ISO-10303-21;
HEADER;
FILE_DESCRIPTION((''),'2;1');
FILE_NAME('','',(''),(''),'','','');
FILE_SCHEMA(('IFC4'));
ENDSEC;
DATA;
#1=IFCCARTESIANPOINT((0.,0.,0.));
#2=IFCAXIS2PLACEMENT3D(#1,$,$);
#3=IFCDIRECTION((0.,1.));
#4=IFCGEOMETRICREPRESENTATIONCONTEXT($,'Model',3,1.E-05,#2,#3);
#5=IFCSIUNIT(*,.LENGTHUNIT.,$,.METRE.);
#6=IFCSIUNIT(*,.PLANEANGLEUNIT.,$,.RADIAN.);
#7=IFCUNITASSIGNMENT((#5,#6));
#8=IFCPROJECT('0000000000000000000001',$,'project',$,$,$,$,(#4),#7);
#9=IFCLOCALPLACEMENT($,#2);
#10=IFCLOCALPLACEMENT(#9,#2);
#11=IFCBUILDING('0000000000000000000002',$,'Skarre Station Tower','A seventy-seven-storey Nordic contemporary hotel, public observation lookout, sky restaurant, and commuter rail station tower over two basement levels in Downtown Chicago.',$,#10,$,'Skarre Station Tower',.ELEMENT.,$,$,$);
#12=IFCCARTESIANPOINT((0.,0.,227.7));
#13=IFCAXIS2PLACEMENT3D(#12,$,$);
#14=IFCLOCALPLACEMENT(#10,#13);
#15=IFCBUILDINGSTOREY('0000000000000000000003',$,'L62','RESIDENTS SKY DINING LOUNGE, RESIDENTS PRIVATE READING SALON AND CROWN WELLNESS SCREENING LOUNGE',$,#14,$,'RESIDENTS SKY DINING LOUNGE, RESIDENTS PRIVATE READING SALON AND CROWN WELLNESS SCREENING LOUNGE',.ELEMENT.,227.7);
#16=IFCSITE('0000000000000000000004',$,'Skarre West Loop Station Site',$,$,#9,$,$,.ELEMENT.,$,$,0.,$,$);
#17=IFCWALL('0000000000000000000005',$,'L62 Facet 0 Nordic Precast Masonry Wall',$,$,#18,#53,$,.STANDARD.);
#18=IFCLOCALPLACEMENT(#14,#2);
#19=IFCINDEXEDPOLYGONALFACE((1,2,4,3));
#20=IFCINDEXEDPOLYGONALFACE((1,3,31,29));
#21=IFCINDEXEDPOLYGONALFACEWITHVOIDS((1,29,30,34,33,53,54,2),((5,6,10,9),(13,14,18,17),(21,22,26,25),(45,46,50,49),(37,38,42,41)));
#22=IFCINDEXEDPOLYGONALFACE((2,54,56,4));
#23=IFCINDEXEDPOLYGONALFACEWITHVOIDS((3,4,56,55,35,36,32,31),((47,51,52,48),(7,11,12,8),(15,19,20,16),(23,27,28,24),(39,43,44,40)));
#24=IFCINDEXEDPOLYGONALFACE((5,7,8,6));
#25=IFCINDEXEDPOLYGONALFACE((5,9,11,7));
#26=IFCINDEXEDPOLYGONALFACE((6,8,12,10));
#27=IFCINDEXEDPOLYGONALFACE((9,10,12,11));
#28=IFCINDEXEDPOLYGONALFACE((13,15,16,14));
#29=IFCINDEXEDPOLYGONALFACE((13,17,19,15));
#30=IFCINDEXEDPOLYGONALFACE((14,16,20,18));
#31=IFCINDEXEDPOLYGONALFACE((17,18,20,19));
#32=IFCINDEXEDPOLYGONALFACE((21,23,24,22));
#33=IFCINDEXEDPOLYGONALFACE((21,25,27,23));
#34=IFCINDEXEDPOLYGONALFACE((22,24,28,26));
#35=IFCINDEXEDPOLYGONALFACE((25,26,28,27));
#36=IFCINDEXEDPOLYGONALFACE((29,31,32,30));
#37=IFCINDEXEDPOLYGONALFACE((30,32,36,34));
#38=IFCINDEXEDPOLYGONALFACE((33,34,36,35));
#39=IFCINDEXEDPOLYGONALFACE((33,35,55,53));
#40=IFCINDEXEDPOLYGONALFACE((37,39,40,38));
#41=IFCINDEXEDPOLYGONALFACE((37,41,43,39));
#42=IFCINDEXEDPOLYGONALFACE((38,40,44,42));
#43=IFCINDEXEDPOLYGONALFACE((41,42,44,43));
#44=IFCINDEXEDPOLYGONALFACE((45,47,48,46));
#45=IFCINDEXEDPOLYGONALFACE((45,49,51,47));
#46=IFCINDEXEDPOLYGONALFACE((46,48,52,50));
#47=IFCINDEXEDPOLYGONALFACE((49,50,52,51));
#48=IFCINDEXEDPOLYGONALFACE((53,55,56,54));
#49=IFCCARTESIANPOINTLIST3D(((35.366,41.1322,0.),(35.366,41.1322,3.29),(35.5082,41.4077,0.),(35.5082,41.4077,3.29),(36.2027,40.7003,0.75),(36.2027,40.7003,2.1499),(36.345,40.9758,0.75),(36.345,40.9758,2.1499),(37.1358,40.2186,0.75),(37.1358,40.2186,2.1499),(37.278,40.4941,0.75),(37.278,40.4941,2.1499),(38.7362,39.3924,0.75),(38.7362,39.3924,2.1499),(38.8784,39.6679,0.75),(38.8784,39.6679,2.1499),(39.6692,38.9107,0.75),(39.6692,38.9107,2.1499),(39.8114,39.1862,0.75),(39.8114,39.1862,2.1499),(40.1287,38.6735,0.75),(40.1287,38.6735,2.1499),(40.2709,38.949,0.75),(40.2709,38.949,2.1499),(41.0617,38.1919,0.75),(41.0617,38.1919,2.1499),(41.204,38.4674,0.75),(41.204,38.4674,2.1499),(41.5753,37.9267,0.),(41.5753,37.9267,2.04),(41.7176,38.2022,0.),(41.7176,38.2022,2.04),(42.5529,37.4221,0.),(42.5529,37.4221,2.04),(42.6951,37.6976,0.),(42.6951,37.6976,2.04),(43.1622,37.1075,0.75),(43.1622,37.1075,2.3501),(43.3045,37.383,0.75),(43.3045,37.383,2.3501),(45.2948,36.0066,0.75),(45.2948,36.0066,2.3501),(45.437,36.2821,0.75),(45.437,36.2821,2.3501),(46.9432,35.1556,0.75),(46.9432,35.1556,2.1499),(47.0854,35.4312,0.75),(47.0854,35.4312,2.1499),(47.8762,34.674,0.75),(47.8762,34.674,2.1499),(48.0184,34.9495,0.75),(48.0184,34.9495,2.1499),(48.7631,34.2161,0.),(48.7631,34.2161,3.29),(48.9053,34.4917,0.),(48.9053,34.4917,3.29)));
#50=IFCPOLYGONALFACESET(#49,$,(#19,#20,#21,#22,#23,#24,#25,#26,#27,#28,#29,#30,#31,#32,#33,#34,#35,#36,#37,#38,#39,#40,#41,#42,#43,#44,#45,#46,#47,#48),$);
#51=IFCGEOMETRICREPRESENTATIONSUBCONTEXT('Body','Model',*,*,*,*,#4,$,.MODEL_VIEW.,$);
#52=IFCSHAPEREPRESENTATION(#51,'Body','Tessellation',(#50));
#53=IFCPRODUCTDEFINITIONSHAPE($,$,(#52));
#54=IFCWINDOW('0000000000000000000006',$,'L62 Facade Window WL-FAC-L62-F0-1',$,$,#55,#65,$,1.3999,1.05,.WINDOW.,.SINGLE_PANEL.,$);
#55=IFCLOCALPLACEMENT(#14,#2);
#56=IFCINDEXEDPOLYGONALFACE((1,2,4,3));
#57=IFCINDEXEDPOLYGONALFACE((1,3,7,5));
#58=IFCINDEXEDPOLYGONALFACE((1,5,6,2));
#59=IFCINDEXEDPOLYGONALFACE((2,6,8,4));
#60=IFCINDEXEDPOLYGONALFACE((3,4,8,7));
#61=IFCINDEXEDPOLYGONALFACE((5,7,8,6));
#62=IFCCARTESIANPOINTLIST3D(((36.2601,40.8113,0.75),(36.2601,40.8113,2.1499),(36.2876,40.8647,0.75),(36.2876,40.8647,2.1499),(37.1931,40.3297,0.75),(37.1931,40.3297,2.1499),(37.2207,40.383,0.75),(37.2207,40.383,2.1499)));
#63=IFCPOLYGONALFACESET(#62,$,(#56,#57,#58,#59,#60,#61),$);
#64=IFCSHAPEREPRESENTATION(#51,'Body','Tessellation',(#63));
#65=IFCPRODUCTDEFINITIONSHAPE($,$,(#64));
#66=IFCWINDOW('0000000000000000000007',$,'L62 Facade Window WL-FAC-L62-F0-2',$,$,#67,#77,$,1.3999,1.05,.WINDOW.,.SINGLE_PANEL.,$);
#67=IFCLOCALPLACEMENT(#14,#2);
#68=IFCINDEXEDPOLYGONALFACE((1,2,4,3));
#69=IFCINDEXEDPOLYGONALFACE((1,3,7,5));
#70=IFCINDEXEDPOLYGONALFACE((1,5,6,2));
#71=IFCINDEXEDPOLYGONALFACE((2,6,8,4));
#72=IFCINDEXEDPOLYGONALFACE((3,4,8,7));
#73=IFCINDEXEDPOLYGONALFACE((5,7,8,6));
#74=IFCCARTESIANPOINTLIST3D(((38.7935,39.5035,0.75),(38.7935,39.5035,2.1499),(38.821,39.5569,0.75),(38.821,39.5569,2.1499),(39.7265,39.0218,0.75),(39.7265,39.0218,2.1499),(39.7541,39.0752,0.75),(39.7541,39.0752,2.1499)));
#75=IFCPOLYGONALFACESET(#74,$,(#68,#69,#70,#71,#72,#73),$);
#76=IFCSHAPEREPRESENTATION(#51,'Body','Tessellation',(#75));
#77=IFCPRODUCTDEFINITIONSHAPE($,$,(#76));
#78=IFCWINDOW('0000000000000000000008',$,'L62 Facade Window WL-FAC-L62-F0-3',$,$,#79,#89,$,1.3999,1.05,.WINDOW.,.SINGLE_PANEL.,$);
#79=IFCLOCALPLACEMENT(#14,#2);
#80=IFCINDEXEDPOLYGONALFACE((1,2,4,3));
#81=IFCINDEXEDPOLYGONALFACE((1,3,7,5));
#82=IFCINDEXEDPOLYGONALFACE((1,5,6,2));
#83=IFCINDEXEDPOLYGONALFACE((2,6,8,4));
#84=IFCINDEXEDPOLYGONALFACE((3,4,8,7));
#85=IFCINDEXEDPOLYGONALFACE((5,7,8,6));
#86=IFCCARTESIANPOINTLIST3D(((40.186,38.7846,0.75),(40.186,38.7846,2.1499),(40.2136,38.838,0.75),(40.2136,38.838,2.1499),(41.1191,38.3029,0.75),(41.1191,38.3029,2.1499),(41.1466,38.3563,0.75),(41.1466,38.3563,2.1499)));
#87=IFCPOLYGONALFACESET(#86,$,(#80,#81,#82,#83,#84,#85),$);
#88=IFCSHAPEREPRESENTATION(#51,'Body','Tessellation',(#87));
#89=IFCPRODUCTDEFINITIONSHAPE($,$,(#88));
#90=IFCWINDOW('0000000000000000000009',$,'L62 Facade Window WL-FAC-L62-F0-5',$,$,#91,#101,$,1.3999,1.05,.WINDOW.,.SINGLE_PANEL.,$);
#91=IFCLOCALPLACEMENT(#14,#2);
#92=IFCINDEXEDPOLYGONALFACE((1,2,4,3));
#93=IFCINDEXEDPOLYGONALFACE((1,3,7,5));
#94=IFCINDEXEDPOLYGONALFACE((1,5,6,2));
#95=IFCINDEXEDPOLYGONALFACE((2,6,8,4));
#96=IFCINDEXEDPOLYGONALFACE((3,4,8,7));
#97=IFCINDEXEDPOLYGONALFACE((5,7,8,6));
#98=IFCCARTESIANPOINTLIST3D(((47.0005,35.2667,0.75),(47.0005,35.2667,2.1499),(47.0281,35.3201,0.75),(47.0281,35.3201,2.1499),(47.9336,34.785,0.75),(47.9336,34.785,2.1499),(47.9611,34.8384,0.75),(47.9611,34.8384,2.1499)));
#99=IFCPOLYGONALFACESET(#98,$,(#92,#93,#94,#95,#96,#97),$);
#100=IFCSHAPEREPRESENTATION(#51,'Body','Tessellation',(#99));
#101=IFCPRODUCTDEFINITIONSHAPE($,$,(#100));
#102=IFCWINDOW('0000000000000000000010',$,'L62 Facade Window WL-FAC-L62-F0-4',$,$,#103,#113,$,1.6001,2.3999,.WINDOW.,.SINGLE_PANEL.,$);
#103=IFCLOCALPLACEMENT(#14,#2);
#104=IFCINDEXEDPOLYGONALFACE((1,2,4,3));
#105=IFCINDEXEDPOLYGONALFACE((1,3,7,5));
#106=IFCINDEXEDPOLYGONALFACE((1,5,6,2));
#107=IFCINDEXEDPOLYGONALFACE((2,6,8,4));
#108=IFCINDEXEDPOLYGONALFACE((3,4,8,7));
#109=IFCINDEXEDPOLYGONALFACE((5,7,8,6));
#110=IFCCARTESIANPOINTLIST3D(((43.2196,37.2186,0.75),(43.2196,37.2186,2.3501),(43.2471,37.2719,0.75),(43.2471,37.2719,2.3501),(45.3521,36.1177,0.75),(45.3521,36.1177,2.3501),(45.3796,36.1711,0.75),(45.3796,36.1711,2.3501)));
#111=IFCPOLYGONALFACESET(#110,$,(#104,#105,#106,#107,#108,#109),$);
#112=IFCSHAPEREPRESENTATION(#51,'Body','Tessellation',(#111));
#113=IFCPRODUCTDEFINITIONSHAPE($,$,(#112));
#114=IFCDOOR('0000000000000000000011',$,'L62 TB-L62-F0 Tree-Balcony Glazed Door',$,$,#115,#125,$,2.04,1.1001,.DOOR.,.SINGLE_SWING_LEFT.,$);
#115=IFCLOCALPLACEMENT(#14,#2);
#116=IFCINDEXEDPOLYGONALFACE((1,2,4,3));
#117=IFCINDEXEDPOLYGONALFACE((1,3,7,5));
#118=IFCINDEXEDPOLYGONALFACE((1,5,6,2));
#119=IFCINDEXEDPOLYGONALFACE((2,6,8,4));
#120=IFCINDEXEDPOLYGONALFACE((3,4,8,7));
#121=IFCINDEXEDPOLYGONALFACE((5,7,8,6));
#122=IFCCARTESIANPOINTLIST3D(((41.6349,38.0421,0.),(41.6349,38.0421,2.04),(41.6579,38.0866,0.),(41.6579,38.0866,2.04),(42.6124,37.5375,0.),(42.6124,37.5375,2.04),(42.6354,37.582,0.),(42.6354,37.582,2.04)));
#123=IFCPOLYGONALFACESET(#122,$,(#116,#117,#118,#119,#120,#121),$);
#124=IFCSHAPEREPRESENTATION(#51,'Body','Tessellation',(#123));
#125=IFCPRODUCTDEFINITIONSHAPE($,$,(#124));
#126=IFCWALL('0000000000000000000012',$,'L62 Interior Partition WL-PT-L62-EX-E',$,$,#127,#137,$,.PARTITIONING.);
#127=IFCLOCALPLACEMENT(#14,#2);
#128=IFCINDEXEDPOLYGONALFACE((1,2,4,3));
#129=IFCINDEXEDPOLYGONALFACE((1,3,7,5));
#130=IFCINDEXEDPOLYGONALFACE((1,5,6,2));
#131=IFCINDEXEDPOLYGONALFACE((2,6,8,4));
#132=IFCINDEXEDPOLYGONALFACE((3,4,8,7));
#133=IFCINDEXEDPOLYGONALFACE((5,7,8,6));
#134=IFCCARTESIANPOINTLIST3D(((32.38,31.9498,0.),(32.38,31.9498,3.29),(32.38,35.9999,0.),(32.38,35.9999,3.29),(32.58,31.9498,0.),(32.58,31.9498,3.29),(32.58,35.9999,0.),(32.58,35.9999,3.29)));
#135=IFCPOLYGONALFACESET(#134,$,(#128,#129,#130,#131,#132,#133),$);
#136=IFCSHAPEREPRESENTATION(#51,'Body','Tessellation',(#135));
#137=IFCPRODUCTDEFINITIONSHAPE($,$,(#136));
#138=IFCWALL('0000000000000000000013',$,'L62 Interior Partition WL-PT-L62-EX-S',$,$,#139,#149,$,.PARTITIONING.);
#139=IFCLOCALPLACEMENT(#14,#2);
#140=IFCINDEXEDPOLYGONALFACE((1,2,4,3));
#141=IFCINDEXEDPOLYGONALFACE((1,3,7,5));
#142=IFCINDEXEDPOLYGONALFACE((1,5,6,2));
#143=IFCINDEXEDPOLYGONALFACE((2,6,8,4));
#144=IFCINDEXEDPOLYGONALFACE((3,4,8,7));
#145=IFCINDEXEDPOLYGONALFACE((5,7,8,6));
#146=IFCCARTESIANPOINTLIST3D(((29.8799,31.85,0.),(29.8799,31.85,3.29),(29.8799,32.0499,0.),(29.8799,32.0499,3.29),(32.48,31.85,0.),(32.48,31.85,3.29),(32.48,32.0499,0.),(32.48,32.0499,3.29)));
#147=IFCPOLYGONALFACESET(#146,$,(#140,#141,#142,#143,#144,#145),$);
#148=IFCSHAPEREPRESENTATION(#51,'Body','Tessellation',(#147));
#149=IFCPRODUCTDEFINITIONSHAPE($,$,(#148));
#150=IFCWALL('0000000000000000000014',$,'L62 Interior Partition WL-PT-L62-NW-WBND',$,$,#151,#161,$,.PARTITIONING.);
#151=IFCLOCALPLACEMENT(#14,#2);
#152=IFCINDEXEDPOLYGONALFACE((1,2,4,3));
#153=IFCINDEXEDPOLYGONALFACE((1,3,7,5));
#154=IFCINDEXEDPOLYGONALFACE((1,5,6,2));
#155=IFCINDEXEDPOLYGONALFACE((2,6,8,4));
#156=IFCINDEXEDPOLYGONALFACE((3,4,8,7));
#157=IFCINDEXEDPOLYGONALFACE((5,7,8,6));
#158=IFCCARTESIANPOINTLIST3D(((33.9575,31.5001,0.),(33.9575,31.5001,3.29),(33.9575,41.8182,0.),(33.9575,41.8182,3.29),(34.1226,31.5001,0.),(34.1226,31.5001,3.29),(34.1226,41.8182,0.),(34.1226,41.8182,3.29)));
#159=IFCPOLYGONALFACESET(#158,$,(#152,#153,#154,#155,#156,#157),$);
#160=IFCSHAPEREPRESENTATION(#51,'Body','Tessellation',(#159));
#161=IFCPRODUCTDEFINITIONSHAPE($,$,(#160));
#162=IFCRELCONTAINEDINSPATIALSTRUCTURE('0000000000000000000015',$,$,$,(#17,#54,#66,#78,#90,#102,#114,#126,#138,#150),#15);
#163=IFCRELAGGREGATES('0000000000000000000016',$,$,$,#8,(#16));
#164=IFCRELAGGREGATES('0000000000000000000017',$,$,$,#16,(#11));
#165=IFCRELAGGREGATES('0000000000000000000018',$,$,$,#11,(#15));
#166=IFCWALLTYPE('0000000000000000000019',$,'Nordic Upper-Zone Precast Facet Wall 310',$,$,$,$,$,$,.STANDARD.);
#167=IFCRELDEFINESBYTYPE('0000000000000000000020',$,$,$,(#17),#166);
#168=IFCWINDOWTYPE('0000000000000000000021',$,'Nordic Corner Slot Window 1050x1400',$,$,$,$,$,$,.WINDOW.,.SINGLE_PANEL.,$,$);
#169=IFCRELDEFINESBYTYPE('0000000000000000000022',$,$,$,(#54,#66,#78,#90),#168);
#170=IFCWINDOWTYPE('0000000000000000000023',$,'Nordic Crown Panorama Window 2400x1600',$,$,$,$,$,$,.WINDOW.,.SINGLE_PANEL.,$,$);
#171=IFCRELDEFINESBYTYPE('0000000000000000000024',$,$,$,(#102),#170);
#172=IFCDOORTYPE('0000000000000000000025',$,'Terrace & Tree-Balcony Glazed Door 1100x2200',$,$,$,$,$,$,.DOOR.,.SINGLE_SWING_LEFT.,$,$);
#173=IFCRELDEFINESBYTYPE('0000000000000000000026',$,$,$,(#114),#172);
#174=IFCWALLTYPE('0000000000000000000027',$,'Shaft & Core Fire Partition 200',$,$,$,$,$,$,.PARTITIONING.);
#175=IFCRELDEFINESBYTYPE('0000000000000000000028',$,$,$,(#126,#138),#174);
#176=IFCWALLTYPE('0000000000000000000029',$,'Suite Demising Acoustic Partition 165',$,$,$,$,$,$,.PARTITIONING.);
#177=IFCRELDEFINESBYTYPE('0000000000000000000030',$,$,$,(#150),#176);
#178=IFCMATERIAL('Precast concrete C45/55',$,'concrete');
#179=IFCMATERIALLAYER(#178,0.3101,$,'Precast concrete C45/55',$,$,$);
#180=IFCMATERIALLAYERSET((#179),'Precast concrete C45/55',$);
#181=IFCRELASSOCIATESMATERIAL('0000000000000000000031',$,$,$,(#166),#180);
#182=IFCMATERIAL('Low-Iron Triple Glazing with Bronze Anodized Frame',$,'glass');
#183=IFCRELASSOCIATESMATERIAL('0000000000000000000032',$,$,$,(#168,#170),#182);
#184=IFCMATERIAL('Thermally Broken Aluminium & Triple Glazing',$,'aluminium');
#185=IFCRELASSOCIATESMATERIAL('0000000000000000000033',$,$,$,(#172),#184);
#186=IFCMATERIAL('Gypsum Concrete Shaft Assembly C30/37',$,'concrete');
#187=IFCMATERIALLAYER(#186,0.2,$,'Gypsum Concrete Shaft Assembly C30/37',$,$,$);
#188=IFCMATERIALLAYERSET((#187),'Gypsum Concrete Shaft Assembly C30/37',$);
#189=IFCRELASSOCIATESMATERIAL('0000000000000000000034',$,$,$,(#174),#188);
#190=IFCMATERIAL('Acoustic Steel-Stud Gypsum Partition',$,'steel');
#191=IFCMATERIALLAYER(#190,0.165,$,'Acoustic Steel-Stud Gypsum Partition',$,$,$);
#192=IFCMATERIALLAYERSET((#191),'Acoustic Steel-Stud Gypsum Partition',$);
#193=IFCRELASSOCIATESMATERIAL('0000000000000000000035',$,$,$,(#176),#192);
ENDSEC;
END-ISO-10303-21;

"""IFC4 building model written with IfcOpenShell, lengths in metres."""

from ifc_helpers import new_model, si_unit, direction, frame, frame_2d, origin, place, context, subcontext, project, spatial, rectangle, extrude, material, layer, layer_set, type_object, element, fill, save


model = new_model("IFC4")

# Units and contexts
model_context = context("Model", 3, precision=1e-05, world=origin(), true_north=direction((0.0, 1.0)))
body_context = subcontext(model_context, "Body", "Model", "MODEL_VIEW")
ifc_project = project(units=[si_unit("LENGTHUNIT", "METRE"), si_unit("PLANEANGLEUNIT", "RADIAN")], contexts=[model_context])

# Site, building, storey
site_placement = place(None, origin())
site = spatial("IfcSite", under=ifc_project, at=site_placement, Name="Skarre West Loop Station Site", CompositionType="ELEMENT", RefElevation=0.0)
building_placement = place(site_placement, origin())
building = spatial("IfcBuilding", under=site, at=building_placement, Name="Skarre Station Tower", Description="A seventy-seven-storey Nordic contemporary hotel, public observation lookout, sky restaurant, and commuter rail station tower over two basement levels in Downtown Chicago.", LongName="Skarre Station Tower", CompositionType="ELEMENT")
storey_placement = place(building_placement, frame((0.0, 0.0, 227.7)))
storey = spatial("IfcBuildingStorey", under=building, at=storey_placement, Name="L62", Description="RESIDENTS SKY DINING LOUNGE, RESIDENTS PRIVATE READING SALON AND CROWN WELLNESS SCREENING LOUNGE", LongName="RESIDENTS SKY DINING LOUNGE, RESIDENTS PRIVATE READING SALON AND CROWN WELLNESS SCREENING LOUNGE", CompositionType="ELEMENT", Elevation=227.7)

# Shared definitions
ifc_material_1 = material(Name="Acoustic Steel-Stud Gypsum Partition", Category="steel")

# Shared definitions
ifc_material_2 = material(Name="Precast concrete C45/55", Category="concrete")

# Wall, openings, windows, door
ifc_layer_1 = layer(ifc_material_2, 0.3101, Name="Precast concrete C45/55")
ifc_layer_set_1 = layer_set([ifc_layer_1], Name="Precast concrete C45/55")
wall_type_1 = type_object("IfcWallType", Name="Nordic Upper-Zone Precast Facet Wall 310", PredefinedType="STANDARD", material=ifc_layer_set_1)
wall_1_placement = place(storey_placement, frame((35.437, 41.27, 0.0), z_axis=(0.0, 0.0, 1.0), x_axis=(0.888581, -0.458719, 0.0)))
wall_1 = element("IfcWall", 1, at=wall_1_placement, inside=storey, type_object=wall_type_1, Name="L62 Facet 0 Nordic Precast Masonry Wall", PredefinedType="STANDARD", context=body_context, shape_type="SweptSolid", body=[
    extrude(rectangle(XDim=15.0769, YDim=0.3101, at=frame_2d((7.5386, 0.0))), origin(), (0.0, 0.0, 1.0), 3.29),
])
opening_1_placement = place(wall_1_placement, frame((6.988, 0.0, 0.0)))
opening_1 = element("IfcOpeningElement", 2, at=opening_1_placement, cuts=wall_1, PredefinedType="OPENING", context=body_context, shape_type="SweptSolid", body=[
    extrude(rectangle(XDim=1.1001, YDim=2.04, at=frame_2d((0.55, 1.02))), frame((0.0, 0.165, 0.0), z_axis=(0.0, -1.0, 0.0), x_axis=(1.0, 0.0, 0.0)), (0.0, 0.0, 1.0), 0.3301),
])
opening_2_placement = place(wall_1_placement, frame((0.9419, 0.0, 0.75)))
opening_2 = element("IfcOpeningElement", 3, at=opening_2_placement, cuts=wall_1, PredefinedType="OPENING", context=body_context, shape_type="SweptSolid", body=[
    extrude(rectangle(XDim=1.05, YDim=1.3999, at=frame_2d((0.5249, 0.7))), frame((0.0, 0.165, 0.0), z_axis=(0.0, -1.0, 0.0), x_axis=(1.0, 0.0, 0.0)), (0.0, 0.0, 1.0), 0.3301),
])
opening_3_placement = place(wall_1_placement, frame((3.793, 0.0, 0.75)))
opening_3 = element("IfcOpeningElement", 4, at=opening_3_placement, cuts=wall_1, PredefinedType="OPENING", context=body_context, shape_type="SweptSolid", body=[
    extrude(rectangle(XDim=1.05, YDim=1.3999, at=frame_2d((0.5249, 0.7))), frame((0.0, 0.165, 0.0), z_axis=(0.0, -1.0, 0.0), x_axis=(1.0, 0.0, 0.0)), (0.0, 0.0, 1.0), 0.3301),
])
opening_4_placement = place(wall_1_placement, frame((5.3601, 0.0, 0.75)))
opening_4 = element("IfcOpeningElement", 5, at=opening_4_placement, cuts=wall_1, PredefinedType="OPENING", context=body_context, shape_type="SweptSolid", body=[
    extrude(rectangle(XDim=1.05, YDim=1.3999, at=frame_2d((0.5249, 0.7))), frame((0.0, 0.165, 0.0), z_axis=(0.0, -1.0, 0.0), x_axis=(1.0, 0.0, 0.0)), (0.0, 0.0, 1.0), 0.3301),
])
opening_5_placement = place(wall_1_placement, frame((8.7739, 0.0, 0.75)))
opening_5 = element("IfcOpeningElement", 6, at=opening_5_placement, cuts=wall_1, PredefinedType="OPENING", context=body_context, shape_type="SweptSolid", body=[
    extrude(rectangle(XDim=2.3999, YDim=1.6001, at=frame_2d((1.2, 0.8))), frame((0.0, 0.165, 0.0), z_axis=(0.0, -1.0, 0.0), x_axis=(1.0, 0.0, 0.0)), (0.0, 0.0, 1.0), 0.3301),
])
opening_6_placement = place(wall_1_placement, frame((13.0291, 0.0, 0.75)))
opening_6 = element("IfcOpeningElement", 7, at=opening_6_placement, cuts=wall_1, PredefinedType="OPENING", context=body_context, shape_type="SweptSolid", body=[
    extrude(rectangle(XDim=1.05, YDim=1.3999, at=frame_2d((0.5249, 0.7))), frame((0.0, 0.165, 0.0), z_axis=(0.0, -1.0, 0.0), x_axis=(1.0, 0.0, 0.0)), (0.0, 0.0, 1.0), 0.3301),
])
ifc_material_3 = material(Name="Low-Iron Triple Glazing with Bronze Anodized Frame", Category="glass")
window_type_1 = type_object("IfcWindowType", Name="Nordic Corner Slot Window 1050x1400", PartitioningType="SINGLE_PANEL", PredefinedType="WINDOW", material=ifc_material_3)
window_1_placement = place(opening_2_placement, origin())
window_1 = element("IfcWindow", 8, at=window_1_placement, inside=storey, type_object=window_type_1, Name="L62 Facade Window WL-FAC-L62-F0-1", OverallHeight=1.3999, OverallWidth=1.05, PartitioningType="SINGLE_PANEL", PredefinedType="WINDOW", context=body_context, shape_type="SweptSolid", body=[
    extrude(rectangle(XDim=1.05, YDim=1.3999, at=frame_2d((0.5249, 0.7))), frame((0.0, 0.03, 0.0), z_axis=(0.0, -1.0, 0.0), x_axis=(1.0, 0.0, 0.0)), (0.0, 0.0, 1.0), 0.0601),
])
fill(opening_2, window_1)
window_2_placement = place(opening_3_placement, origin())
window_2 = element("IfcWindow", 9, at=window_2_placement, inside=storey, type_object=window_type_1, Name="L62 Facade Window WL-FAC-L62-F0-2", OverallHeight=1.3999, OverallWidth=1.05, PartitioningType="SINGLE_PANEL", PredefinedType="WINDOW", context=body_context, shape_type="SweptSolid", body=[
    extrude(rectangle(XDim=1.05, YDim=1.3999, at=frame_2d((0.5249, 0.7))), frame((0.0, 0.03, 0.0), z_axis=(0.0, -1.0, 0.0), x_axis=(1.0, 0.0, 0.0)), (0.0, 0.0, 1.0), 0.0601),
])
fill(opening_3, window_2)
window_3_placement = place(opening_4_placement, origin())
window_3 = element("IfcWindow", 10, at=window_3_placement, inside=storey, type_object=window_type_1, Name="L62 Facade Window WL-FAC-L62-F0-3", OverallHeight=1.3999, OverallWidth=1.05, PartitioningType="SINGLE_PANEL", PredefinedType="WINDOW", context=body_context, shape_type="SweptSolid", body=[
    extrude(rectangle(XDim=1.05, YDim=1.3999, at=frame_2d((0.5249, 0.7))), frame((0.0, 0.03, 0.0), z_axis=(0.0, -1.0, 0.0), x_axis=(1.0, 0.0, 0.0)), (0.0, 0.0, 1.0), 0.0601),
])
fill(opening_4, window_3)
window_4_placement = place(opening_6_placement, origin())
window_4 = element("IfcWindow", 11, at=window_4_placement, inside=storey, type_object=window_type_1, Name="L62 Facade Window WL-FAC-L62-F0-5", OverallHeight=1.3999, OverallWidth=1.05, PartitioningType="SINGLE_PANEL", PredefinedType="WINDOW", context=body_context, shape_type="SweptSolid", body=[
    extrude(rectangle(XDim=1.05, YDim=1.3999, at=frame_2d((0.5249, 0.7))), frame((0.0, 0.03, 0.0), z_axis=(0.0, -1.0, 0.0), x_axis=(1.0, 0.0, 0.0)), (0.0, 0.0, 1.0), 0.0601),
])
fill(opening_6, window_4)
window_type_2 = type_object("IfcWindowType", Name="Nordic Crown Panorama Window 2400x1600", PartitioningType="SINGLE_PANEL", PredefinedType="WINDOW", material=ifc_material_3)
window_5_placement = place(opening_5_placement, origin())
window_5 = element("IfcWindow", 12, at=window_5_placement, inside=storey, type_object=window_type_2, Name="L62 Facade Window WL-FAC-L62-F0-4", OverallHeight=1.6001, OverallWidth=2.3999, PartitioningType="SINGLE_PANEL", PredefinedType="WINDOW", context=body_context, shape_type="SweptSolid", body=[
    extrude(rectangle(XDim=2.3999, YDim=1.6001, at=frame_2d((1.2, 0.8))), frame((0.0, 0.03, 0.0), z_axis=(0.0, -1.0, 0.0), x_axis=(1.0, 0.0, 0.0)), (0.0, 0.0, 1.0), 0.0601),
])
fill(opening_5, window_5)
ifc_material_4 = material(Name="Thermally Broken Aluminium & Triple Glazing", Category="aluminium")
door_type_1 = type_object("IfcDoorType", Name="Terrace & Tree-Balcony Glazed Door 1100x2200", OperationType="SINGLE_SWING_LEFT", PredefinedType="DOOR", material=ifc_material_4)
door_1_placement = place(opening_1_placement, origin())
door_1 = element("IfcDoor", 13, at=door_1_placement, inside=storey, type_object=door_type_1, Name="L62 TB-L62-F0 Tree-Balcony Glazed Door", OperationType="SINGLE_SWING_LEFT", OverallHeight=2.04, OverallWidth=1.1001, PredefinedType="DOOR", context=body_context, shape_type="SweptSolid", body=[
    extrude(rectangle(XDim=1.1001, YDim=2.04, at=frame_2d((0.55, 1.02))), frame((0.0, 0.0249, 0.0), z_axis=(0.0, -1.0, 0.0), x_axis=(1.0, 0.0, 0.0)), (0.0, 0.0, 1.0), 0.05),
])
fill(opening_1, door_1)

# Walls
ifc_material_5 = material(Name="Gypsum Concrete Shaft Assembly C30/37", Category="concrete")
ifc_layer_2 = layer(ifc_material_5, 0.2, Name="Gypsum Concrete Shaft Assembly C30/37")
ifc_layer_set_2 = layer_set([ifc_layer_2], Name="Gypsum Concrete Shaft Assembly C30/37")
wall_type_2 = type_object("IfcWallType", Name="Shaft & Core Fire Partition 200", PredefinedType="PARTITIONING", material=ifc_layer_set_2)
wall_2_placement = place(storey_placement, frame((32.48, 31.95, 0.0), z_axis=(0.0, 0.0, 1.0), x_axis=(0.0, 1.0, 0.0)))
element("IfcWall", 14, at=wall_2_placement, inside=storey, type_object=wall_type_2, Name="L62 Interior Partition WL-PT-L62-EX-E", PredefinedType="PARTITIONING", context=body_context, shape_type="SweptSolid", body=[
    extrude(rectangle(XDim=4.05, YDim=0.2, at=frame_2d((2.0249, 0.0))), origin(), (0.0, 0.0, 1.0), 3.29),
])
wall_3_placement = place(storey_placement, frame((32.48, 31.95, 0.0), z_axis=(0.0, 0.0, 1.0), x_axis=(-1.0, 0.0, 0.0)))
element("IfcWall", 15, at=wall_3_placement, inside=storey, type_object=wall_type_2, Name="L62 Interior Partition WL-PT-L62-EX-S", PredefinedType="PARTITIONING", context=body_context, shape_type="SweptSolid", body=[
    extrude(rectangle(XDim=2.6001, YDim=0.2, at=frame_2d((1.3, 0.0))), origin(), (0.0, 0.0, 1.0), 3.29),
])
ifc_layer_3 = layer(ifc_material_1, 0.165, Name="Acoustic Steel-Stud Gypsum Partition")
ifc_layer_set_3 = layer_set([ifc_layer_3], Name="Acoustic Steel-Stud Gypsum Partition")
wall_type_3 = type_object("IfcWallType", Name="Suite Demising Acoustic Partition 165", PredefinedType="PARTITIONING", material=ifc_layer_set_3)
wall_4_placement = place(storey_placement, frame((34.04, 31.5, 0.0), z_axis=(0.0, 0.0, 1.0), x_axis=(0.0, 1.0, 0.0)))
element("IfcWall", 16, at=wall_4_placement, inside=storey, type_object=wall_type_3, Name="L62 Interior Partition WL-PT-L62-NW-WBND", PredefinedType="PARTITIONING", context=body_context, shape_type="SweptSolid", body=[
    extrude(rectangle(XDim=10.3181, YDim=0.165, at=frame_2d((5.1592, 0.0))), origin(), (0.0, 0.0, 1.0), 3.29),
])

save(model, "model.ifc")
